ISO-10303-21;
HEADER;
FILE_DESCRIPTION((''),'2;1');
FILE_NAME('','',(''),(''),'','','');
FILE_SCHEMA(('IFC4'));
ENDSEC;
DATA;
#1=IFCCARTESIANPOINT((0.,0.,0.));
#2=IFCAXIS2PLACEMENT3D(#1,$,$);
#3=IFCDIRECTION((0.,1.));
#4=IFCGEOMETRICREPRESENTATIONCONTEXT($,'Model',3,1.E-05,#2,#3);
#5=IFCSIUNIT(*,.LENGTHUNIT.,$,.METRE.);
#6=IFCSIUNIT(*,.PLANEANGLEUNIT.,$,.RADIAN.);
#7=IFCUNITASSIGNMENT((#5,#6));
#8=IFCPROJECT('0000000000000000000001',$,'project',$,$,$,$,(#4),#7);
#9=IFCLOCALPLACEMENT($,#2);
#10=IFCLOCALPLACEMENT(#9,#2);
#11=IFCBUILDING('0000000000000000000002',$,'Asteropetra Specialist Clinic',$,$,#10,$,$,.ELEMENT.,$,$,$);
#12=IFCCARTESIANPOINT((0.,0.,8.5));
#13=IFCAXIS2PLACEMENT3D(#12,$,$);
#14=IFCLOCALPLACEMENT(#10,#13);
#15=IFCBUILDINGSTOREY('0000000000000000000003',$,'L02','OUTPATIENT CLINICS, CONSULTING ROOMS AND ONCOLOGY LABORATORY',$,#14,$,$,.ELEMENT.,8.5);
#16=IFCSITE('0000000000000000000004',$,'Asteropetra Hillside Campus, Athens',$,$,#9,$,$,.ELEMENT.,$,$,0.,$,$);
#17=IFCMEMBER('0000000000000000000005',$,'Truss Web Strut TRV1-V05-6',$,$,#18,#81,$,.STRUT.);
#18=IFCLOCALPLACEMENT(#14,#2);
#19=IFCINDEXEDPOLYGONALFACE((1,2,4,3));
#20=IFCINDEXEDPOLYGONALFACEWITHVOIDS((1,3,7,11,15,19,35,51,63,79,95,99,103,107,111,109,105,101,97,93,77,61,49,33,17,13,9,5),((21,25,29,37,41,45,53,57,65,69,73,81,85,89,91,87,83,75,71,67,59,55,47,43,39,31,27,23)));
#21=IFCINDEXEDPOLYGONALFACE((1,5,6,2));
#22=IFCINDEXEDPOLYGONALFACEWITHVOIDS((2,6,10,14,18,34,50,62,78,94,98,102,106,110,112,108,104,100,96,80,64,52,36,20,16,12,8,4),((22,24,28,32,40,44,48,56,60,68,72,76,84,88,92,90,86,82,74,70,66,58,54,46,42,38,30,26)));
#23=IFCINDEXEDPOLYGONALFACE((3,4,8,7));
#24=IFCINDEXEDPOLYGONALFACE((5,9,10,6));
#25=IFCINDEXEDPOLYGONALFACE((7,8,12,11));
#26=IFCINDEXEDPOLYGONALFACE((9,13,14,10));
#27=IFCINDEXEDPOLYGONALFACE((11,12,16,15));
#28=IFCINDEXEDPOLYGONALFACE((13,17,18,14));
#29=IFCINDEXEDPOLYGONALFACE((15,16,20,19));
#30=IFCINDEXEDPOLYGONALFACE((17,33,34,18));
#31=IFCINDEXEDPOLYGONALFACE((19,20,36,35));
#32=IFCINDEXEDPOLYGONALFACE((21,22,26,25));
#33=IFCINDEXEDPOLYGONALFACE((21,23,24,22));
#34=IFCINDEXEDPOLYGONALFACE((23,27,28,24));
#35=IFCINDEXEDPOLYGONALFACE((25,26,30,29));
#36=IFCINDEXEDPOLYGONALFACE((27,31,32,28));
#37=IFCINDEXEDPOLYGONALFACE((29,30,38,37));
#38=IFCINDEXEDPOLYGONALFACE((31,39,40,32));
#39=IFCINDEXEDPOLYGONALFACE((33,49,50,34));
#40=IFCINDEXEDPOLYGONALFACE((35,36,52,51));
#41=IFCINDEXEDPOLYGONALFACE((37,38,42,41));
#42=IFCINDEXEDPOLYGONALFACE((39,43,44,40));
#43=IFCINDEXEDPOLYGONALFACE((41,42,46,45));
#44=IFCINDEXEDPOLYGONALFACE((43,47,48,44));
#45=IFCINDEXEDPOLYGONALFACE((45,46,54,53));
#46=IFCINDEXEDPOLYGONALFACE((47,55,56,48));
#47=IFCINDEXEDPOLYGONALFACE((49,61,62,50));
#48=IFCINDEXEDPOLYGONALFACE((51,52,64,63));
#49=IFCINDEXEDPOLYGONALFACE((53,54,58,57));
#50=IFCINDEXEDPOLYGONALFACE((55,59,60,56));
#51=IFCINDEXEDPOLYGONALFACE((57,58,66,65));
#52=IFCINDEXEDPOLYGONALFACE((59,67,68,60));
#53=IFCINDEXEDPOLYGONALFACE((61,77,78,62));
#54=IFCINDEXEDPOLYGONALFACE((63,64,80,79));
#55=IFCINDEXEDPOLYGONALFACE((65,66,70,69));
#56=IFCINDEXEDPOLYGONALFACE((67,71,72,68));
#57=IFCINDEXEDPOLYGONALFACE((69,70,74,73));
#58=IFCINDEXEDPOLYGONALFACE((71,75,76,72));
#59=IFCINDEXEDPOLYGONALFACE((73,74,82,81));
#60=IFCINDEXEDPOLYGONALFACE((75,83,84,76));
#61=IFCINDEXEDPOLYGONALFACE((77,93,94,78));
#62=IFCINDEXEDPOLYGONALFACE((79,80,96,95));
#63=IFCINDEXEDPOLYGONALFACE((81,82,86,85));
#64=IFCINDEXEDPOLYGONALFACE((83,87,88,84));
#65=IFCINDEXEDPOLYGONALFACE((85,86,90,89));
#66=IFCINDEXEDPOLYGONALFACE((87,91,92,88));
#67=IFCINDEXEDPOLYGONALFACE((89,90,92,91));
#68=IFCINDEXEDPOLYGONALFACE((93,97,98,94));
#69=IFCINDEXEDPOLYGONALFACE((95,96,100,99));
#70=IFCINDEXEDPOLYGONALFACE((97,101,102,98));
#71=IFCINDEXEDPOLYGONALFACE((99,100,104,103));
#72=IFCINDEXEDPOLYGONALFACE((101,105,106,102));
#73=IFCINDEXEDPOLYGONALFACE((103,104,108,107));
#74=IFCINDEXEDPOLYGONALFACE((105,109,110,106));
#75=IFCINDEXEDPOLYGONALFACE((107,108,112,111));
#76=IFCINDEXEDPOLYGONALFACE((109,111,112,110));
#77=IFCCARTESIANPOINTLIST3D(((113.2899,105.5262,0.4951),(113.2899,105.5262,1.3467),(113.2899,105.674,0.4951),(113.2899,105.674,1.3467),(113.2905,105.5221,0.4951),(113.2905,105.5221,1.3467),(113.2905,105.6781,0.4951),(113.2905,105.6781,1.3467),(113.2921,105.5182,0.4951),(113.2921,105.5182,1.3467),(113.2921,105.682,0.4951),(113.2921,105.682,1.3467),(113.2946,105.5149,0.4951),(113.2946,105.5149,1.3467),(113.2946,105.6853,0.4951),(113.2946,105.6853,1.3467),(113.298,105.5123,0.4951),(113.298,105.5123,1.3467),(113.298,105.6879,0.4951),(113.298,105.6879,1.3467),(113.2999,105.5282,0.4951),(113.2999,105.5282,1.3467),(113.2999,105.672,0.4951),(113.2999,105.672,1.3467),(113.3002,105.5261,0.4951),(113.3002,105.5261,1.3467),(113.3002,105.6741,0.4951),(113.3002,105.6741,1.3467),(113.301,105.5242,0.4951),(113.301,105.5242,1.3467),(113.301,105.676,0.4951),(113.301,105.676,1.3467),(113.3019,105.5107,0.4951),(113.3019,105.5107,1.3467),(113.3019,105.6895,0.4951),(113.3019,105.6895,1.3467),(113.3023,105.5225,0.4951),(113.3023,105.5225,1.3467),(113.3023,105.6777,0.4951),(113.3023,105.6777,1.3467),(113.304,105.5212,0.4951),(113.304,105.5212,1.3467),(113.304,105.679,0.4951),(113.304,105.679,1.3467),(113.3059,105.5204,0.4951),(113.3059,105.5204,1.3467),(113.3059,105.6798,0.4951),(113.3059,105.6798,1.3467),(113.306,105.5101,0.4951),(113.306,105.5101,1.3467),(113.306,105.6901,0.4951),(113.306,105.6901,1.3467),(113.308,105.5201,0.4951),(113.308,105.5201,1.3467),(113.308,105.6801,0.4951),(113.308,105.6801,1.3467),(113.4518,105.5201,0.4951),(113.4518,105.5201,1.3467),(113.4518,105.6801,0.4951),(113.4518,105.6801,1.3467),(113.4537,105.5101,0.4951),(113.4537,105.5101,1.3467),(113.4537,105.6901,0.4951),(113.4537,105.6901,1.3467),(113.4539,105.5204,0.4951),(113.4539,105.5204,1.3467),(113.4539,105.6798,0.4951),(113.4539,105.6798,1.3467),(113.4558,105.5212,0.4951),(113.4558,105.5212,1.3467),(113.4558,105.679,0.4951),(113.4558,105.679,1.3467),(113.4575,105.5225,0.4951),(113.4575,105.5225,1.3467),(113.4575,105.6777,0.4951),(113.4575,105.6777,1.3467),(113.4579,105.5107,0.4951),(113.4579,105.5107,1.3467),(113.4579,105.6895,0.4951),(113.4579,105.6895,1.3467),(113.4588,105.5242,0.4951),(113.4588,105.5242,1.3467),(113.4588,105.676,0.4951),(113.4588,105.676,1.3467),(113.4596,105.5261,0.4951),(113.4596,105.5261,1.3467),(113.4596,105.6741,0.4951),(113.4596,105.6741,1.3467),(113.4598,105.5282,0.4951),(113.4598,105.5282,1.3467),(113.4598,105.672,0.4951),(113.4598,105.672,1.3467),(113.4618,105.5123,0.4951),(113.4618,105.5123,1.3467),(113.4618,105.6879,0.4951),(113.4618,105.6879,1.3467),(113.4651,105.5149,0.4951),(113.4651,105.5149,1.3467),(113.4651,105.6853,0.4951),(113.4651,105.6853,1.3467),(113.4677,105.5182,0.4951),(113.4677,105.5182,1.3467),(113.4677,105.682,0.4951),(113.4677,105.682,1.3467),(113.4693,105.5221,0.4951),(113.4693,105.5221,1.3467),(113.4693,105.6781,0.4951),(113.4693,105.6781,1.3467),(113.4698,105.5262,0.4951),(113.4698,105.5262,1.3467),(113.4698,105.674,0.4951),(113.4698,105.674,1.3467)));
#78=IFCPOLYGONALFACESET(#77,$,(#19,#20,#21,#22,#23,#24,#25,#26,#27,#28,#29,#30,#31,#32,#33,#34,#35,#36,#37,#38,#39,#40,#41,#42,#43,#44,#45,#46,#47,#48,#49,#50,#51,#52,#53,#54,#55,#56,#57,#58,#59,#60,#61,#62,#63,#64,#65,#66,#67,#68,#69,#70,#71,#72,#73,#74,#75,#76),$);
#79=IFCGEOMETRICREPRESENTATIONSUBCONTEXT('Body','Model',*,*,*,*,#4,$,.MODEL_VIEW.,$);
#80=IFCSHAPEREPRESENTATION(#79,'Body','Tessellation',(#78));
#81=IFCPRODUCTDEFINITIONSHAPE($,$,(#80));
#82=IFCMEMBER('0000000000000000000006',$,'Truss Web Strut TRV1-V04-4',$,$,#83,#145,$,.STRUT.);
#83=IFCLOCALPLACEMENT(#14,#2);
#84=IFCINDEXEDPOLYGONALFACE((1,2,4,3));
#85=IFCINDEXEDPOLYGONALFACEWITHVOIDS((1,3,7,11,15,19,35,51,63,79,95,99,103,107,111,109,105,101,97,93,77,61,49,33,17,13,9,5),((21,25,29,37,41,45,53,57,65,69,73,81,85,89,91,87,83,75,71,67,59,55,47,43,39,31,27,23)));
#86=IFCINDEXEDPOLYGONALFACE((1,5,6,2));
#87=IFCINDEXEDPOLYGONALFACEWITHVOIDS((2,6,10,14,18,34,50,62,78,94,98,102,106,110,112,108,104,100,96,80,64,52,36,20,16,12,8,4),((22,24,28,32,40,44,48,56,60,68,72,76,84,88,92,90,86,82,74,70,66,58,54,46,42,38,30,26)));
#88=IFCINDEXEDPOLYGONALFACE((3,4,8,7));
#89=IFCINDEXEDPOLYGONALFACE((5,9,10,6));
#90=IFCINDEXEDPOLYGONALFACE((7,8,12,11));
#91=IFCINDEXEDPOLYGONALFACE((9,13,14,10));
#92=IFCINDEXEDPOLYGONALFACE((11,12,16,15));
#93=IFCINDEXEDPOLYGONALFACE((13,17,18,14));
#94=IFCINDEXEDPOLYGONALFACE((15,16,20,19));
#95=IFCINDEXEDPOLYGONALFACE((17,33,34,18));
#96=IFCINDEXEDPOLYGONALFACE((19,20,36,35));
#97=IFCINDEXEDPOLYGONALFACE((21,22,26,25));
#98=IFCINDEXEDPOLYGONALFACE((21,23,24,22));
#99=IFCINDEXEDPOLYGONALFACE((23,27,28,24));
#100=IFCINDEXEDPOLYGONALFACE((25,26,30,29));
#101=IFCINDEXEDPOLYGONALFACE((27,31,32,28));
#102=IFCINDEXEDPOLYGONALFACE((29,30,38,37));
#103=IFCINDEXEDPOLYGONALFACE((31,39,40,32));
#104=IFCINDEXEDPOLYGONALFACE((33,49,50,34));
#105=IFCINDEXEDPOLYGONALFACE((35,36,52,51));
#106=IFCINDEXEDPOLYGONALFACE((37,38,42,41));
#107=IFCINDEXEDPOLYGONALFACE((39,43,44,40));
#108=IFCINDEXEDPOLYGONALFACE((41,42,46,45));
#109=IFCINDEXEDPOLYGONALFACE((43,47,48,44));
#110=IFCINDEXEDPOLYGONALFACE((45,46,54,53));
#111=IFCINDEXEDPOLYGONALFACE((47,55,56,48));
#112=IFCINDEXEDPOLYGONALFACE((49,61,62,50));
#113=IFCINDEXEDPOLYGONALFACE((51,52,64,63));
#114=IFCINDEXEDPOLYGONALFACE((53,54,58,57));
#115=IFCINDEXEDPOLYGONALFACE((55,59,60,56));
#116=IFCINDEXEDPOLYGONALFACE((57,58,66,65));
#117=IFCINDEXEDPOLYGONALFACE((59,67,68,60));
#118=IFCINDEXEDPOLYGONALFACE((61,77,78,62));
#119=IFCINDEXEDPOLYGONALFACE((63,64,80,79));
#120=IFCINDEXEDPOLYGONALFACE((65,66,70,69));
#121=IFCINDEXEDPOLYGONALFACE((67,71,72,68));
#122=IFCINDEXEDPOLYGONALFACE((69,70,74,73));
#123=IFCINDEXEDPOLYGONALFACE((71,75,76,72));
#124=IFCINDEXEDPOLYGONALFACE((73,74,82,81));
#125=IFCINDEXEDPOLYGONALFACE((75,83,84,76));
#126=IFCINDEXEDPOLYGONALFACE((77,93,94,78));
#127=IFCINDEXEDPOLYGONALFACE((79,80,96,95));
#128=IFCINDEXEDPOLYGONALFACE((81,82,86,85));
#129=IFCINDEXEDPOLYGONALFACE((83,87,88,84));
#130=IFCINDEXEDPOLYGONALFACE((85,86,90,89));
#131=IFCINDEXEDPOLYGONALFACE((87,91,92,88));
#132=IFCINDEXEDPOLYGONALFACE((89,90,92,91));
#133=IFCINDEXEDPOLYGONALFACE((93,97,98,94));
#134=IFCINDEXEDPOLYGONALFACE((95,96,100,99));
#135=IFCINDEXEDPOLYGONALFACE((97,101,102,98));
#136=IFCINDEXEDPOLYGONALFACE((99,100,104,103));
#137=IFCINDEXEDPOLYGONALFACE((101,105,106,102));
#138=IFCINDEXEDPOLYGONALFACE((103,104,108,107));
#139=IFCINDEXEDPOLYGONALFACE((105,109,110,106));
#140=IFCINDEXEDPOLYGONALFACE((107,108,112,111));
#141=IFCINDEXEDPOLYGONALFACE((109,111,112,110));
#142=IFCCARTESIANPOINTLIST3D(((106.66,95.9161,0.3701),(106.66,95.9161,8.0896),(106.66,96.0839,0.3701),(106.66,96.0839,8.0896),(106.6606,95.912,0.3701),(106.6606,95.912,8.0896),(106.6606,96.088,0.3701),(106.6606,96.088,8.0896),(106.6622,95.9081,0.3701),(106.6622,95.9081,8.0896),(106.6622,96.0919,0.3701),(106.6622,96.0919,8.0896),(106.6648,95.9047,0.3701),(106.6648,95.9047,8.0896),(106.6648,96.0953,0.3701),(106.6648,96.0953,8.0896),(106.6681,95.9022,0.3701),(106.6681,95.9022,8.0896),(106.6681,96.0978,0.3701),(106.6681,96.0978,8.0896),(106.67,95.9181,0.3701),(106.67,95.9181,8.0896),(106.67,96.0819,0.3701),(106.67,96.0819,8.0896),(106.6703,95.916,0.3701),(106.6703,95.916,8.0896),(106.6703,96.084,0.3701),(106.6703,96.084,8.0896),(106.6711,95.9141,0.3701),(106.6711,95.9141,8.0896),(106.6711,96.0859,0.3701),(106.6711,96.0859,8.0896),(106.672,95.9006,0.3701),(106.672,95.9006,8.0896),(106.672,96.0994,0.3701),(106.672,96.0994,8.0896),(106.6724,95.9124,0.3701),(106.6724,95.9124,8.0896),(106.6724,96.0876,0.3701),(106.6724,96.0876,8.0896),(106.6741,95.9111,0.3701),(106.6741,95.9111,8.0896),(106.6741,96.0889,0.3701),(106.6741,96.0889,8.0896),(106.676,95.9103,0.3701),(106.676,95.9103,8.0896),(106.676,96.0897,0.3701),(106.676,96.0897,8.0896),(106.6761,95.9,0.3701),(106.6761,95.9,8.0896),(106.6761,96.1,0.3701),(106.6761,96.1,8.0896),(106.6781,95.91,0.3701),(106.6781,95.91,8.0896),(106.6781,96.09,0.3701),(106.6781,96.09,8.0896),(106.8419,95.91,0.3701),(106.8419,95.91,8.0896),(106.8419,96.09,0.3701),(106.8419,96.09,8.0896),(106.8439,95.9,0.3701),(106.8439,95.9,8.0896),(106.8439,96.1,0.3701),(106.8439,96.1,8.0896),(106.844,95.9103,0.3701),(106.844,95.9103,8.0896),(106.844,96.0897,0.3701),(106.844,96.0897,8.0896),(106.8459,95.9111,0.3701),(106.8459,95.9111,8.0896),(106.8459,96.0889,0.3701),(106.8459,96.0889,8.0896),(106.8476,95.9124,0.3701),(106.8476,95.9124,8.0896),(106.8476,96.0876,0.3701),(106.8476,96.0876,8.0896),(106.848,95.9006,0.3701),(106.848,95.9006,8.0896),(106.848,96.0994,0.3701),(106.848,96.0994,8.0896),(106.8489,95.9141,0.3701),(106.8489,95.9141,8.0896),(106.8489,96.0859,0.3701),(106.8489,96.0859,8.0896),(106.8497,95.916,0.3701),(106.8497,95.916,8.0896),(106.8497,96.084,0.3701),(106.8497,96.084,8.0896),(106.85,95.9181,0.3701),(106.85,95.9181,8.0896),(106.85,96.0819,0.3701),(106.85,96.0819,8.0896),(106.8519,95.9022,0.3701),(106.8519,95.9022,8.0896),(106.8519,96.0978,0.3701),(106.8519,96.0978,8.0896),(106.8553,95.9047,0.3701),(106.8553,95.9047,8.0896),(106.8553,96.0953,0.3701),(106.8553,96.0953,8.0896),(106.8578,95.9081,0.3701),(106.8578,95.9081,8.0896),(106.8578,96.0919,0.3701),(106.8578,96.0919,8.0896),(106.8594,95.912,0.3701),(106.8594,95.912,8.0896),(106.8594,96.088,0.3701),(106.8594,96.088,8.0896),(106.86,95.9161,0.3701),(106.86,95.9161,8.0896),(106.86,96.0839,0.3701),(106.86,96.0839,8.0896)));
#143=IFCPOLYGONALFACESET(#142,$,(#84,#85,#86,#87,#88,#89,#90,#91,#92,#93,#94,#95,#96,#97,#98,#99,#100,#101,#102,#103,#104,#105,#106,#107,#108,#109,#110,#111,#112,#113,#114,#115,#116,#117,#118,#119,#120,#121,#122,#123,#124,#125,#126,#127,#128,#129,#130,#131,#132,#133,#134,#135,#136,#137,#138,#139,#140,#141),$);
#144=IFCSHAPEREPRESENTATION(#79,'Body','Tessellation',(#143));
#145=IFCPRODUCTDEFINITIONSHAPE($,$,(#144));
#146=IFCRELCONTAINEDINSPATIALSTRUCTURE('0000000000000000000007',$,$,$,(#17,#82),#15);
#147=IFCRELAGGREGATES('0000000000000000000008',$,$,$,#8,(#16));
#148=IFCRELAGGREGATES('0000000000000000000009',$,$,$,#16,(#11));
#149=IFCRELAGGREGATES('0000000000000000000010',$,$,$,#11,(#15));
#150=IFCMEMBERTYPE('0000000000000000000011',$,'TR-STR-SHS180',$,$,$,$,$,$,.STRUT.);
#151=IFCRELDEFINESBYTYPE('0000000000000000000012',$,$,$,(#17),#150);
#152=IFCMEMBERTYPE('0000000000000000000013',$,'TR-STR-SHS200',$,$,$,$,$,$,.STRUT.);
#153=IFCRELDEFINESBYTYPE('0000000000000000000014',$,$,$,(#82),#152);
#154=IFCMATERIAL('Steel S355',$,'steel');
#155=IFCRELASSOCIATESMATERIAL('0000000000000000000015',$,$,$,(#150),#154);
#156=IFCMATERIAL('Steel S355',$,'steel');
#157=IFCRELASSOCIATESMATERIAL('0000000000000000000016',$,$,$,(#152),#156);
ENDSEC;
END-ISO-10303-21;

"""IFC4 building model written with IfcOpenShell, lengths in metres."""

from ifc_helpers import new_model, si_unit, direction, frame, origin, origin_2d, place, context, subcontext, project, spatial, hollow_rectangle, extrude, material, material_profile, profile_set, type_object, element, save


model = new_model("IFC4")

# Units and contexts
model_context = context("Model", 3, precision=1e-05, world=origin(), true_north=direction((0.0, 1.0)))
body_context = subcontext(model_context, "Body", "Model", "MODEL_VIEW")
ifc_project = project(units=[si_unit("LENGTHUNIT", "METRE"), si_unit("PLANEANGLEUNIT", "RADIAN")], contexts=[model_context])

# Site, building, storey
site_placement = place(None, origin())
site = spatial("IfcSite", under=ifc_project, at=site_placement, Name="Asteropetra Hillside Campus, Athens", CompositionType="ELEMENT", RefElevation=0.0)
building_placement = place(site_placement, origin())
building = spatial("IfcBuilding", under=site, at=building_placement, Name="Asteropetra Specialist Clinic", CompositionType="ELEMENT")
storey_placement = place(building_placement, frame((0.0, 0.0, 8.5)))
storey = spatial("IfcBuildingStorey", under=building, at=storey_placement, Name="L02", Description="OUTPATIENT CLINICS, CONSULTING ROOMS AND ONCOLOGY LABORATORY", CompositionType="ELEMENT", Elevation=8.5)

# Members
ifc_material_1 = material(Name="Steel S355", Category="steel")
ifc_material_profile_1 = material_profile(ifc_material_1, hollow_rectangle(XDim=0.1799, YDim=0.1799, WallThickness=0.01, InnerFilletRadius=0.0081, OuterFilletRadius=0.0161, at=origin_2d()), Name="SHS 180x180x10.0")
ifc_profile_set_1 = profile_set([ifc_material_profile_1], Name="Steel S355")
member_type_1 = type_object("IfcMemberType", Name="TR-STR-SHS180", PredefinedType="STRUT", material=ifc_profile_set_1)
member_1_placement = place(storey_placement, frame((113.3799, 105.6001, 0.4951), z_axis=(0.0, 0.0, 1.0), x_axis=(1.0, 0.0, 0.0)))
element("IfcMember", 1, at=member_1_placement, inside=storey, type_object=member_type_1, Name="Truss Web Strut TRV1-V05-6", PredefinedType="STRUT", context=body_context, shape_type="SweptSolid", body=[
    extrude(hollow_rectangle(XDim=0.1799, YDim=0.1799, WallThickness=0.01, InnerFilletRadius=0.0081, OuterFilletRadius=0.0161, at=origin_2d()), origin(), (0.0, 0.0, 1.0), 0.8516),
])
ifc_material_2 = material(Name="Steel S355", Category="steel")
ifc_material_profile_2 = material_profile(ifc_material_2, hollow_rectangle(XDim=0.2, YDim=0.2, WallThickness=0.01, InnerFilletRadius=0.0081, OuterFilletRadius=0.0161, at=origin_2d()), Name="SHS 200x200x10.0")
ifc_profile_set_2 = profile_set([ifc_material_profile_2], Name="Steel S355")
member_type_2 = type_object("IfcMemberType", Name="TR-STR-SHS200", PredefinedType="STRUT", material=ifc_profile_set_2)
member_2_placement = place(storey_placement, frame((106.76, 96.0, 0.3701), z_axis=(0.0, 0.0, 1.0), x_axis=(1.0, 0.0, 0.0)))
element("IfcMember", 2, at=member_2_placement, inside=storey, type_object=member_type_2, Name="Truss Web Strut TRV1-V04-4", PredefinedType="STRUT", context=body_context, shape_type="SweptSolid", body=[
    extrude(hollow_rectangle(XDim=0.2, YDim=0.2, WallThickness=0.01, InnerFilletRadius=0.0081, OuterFilletRadius=0.0161, at=origin_2d()), origin(), (0.0, 0.0, 1.0), 7.7195),
])

save(model, "model.ifc")
